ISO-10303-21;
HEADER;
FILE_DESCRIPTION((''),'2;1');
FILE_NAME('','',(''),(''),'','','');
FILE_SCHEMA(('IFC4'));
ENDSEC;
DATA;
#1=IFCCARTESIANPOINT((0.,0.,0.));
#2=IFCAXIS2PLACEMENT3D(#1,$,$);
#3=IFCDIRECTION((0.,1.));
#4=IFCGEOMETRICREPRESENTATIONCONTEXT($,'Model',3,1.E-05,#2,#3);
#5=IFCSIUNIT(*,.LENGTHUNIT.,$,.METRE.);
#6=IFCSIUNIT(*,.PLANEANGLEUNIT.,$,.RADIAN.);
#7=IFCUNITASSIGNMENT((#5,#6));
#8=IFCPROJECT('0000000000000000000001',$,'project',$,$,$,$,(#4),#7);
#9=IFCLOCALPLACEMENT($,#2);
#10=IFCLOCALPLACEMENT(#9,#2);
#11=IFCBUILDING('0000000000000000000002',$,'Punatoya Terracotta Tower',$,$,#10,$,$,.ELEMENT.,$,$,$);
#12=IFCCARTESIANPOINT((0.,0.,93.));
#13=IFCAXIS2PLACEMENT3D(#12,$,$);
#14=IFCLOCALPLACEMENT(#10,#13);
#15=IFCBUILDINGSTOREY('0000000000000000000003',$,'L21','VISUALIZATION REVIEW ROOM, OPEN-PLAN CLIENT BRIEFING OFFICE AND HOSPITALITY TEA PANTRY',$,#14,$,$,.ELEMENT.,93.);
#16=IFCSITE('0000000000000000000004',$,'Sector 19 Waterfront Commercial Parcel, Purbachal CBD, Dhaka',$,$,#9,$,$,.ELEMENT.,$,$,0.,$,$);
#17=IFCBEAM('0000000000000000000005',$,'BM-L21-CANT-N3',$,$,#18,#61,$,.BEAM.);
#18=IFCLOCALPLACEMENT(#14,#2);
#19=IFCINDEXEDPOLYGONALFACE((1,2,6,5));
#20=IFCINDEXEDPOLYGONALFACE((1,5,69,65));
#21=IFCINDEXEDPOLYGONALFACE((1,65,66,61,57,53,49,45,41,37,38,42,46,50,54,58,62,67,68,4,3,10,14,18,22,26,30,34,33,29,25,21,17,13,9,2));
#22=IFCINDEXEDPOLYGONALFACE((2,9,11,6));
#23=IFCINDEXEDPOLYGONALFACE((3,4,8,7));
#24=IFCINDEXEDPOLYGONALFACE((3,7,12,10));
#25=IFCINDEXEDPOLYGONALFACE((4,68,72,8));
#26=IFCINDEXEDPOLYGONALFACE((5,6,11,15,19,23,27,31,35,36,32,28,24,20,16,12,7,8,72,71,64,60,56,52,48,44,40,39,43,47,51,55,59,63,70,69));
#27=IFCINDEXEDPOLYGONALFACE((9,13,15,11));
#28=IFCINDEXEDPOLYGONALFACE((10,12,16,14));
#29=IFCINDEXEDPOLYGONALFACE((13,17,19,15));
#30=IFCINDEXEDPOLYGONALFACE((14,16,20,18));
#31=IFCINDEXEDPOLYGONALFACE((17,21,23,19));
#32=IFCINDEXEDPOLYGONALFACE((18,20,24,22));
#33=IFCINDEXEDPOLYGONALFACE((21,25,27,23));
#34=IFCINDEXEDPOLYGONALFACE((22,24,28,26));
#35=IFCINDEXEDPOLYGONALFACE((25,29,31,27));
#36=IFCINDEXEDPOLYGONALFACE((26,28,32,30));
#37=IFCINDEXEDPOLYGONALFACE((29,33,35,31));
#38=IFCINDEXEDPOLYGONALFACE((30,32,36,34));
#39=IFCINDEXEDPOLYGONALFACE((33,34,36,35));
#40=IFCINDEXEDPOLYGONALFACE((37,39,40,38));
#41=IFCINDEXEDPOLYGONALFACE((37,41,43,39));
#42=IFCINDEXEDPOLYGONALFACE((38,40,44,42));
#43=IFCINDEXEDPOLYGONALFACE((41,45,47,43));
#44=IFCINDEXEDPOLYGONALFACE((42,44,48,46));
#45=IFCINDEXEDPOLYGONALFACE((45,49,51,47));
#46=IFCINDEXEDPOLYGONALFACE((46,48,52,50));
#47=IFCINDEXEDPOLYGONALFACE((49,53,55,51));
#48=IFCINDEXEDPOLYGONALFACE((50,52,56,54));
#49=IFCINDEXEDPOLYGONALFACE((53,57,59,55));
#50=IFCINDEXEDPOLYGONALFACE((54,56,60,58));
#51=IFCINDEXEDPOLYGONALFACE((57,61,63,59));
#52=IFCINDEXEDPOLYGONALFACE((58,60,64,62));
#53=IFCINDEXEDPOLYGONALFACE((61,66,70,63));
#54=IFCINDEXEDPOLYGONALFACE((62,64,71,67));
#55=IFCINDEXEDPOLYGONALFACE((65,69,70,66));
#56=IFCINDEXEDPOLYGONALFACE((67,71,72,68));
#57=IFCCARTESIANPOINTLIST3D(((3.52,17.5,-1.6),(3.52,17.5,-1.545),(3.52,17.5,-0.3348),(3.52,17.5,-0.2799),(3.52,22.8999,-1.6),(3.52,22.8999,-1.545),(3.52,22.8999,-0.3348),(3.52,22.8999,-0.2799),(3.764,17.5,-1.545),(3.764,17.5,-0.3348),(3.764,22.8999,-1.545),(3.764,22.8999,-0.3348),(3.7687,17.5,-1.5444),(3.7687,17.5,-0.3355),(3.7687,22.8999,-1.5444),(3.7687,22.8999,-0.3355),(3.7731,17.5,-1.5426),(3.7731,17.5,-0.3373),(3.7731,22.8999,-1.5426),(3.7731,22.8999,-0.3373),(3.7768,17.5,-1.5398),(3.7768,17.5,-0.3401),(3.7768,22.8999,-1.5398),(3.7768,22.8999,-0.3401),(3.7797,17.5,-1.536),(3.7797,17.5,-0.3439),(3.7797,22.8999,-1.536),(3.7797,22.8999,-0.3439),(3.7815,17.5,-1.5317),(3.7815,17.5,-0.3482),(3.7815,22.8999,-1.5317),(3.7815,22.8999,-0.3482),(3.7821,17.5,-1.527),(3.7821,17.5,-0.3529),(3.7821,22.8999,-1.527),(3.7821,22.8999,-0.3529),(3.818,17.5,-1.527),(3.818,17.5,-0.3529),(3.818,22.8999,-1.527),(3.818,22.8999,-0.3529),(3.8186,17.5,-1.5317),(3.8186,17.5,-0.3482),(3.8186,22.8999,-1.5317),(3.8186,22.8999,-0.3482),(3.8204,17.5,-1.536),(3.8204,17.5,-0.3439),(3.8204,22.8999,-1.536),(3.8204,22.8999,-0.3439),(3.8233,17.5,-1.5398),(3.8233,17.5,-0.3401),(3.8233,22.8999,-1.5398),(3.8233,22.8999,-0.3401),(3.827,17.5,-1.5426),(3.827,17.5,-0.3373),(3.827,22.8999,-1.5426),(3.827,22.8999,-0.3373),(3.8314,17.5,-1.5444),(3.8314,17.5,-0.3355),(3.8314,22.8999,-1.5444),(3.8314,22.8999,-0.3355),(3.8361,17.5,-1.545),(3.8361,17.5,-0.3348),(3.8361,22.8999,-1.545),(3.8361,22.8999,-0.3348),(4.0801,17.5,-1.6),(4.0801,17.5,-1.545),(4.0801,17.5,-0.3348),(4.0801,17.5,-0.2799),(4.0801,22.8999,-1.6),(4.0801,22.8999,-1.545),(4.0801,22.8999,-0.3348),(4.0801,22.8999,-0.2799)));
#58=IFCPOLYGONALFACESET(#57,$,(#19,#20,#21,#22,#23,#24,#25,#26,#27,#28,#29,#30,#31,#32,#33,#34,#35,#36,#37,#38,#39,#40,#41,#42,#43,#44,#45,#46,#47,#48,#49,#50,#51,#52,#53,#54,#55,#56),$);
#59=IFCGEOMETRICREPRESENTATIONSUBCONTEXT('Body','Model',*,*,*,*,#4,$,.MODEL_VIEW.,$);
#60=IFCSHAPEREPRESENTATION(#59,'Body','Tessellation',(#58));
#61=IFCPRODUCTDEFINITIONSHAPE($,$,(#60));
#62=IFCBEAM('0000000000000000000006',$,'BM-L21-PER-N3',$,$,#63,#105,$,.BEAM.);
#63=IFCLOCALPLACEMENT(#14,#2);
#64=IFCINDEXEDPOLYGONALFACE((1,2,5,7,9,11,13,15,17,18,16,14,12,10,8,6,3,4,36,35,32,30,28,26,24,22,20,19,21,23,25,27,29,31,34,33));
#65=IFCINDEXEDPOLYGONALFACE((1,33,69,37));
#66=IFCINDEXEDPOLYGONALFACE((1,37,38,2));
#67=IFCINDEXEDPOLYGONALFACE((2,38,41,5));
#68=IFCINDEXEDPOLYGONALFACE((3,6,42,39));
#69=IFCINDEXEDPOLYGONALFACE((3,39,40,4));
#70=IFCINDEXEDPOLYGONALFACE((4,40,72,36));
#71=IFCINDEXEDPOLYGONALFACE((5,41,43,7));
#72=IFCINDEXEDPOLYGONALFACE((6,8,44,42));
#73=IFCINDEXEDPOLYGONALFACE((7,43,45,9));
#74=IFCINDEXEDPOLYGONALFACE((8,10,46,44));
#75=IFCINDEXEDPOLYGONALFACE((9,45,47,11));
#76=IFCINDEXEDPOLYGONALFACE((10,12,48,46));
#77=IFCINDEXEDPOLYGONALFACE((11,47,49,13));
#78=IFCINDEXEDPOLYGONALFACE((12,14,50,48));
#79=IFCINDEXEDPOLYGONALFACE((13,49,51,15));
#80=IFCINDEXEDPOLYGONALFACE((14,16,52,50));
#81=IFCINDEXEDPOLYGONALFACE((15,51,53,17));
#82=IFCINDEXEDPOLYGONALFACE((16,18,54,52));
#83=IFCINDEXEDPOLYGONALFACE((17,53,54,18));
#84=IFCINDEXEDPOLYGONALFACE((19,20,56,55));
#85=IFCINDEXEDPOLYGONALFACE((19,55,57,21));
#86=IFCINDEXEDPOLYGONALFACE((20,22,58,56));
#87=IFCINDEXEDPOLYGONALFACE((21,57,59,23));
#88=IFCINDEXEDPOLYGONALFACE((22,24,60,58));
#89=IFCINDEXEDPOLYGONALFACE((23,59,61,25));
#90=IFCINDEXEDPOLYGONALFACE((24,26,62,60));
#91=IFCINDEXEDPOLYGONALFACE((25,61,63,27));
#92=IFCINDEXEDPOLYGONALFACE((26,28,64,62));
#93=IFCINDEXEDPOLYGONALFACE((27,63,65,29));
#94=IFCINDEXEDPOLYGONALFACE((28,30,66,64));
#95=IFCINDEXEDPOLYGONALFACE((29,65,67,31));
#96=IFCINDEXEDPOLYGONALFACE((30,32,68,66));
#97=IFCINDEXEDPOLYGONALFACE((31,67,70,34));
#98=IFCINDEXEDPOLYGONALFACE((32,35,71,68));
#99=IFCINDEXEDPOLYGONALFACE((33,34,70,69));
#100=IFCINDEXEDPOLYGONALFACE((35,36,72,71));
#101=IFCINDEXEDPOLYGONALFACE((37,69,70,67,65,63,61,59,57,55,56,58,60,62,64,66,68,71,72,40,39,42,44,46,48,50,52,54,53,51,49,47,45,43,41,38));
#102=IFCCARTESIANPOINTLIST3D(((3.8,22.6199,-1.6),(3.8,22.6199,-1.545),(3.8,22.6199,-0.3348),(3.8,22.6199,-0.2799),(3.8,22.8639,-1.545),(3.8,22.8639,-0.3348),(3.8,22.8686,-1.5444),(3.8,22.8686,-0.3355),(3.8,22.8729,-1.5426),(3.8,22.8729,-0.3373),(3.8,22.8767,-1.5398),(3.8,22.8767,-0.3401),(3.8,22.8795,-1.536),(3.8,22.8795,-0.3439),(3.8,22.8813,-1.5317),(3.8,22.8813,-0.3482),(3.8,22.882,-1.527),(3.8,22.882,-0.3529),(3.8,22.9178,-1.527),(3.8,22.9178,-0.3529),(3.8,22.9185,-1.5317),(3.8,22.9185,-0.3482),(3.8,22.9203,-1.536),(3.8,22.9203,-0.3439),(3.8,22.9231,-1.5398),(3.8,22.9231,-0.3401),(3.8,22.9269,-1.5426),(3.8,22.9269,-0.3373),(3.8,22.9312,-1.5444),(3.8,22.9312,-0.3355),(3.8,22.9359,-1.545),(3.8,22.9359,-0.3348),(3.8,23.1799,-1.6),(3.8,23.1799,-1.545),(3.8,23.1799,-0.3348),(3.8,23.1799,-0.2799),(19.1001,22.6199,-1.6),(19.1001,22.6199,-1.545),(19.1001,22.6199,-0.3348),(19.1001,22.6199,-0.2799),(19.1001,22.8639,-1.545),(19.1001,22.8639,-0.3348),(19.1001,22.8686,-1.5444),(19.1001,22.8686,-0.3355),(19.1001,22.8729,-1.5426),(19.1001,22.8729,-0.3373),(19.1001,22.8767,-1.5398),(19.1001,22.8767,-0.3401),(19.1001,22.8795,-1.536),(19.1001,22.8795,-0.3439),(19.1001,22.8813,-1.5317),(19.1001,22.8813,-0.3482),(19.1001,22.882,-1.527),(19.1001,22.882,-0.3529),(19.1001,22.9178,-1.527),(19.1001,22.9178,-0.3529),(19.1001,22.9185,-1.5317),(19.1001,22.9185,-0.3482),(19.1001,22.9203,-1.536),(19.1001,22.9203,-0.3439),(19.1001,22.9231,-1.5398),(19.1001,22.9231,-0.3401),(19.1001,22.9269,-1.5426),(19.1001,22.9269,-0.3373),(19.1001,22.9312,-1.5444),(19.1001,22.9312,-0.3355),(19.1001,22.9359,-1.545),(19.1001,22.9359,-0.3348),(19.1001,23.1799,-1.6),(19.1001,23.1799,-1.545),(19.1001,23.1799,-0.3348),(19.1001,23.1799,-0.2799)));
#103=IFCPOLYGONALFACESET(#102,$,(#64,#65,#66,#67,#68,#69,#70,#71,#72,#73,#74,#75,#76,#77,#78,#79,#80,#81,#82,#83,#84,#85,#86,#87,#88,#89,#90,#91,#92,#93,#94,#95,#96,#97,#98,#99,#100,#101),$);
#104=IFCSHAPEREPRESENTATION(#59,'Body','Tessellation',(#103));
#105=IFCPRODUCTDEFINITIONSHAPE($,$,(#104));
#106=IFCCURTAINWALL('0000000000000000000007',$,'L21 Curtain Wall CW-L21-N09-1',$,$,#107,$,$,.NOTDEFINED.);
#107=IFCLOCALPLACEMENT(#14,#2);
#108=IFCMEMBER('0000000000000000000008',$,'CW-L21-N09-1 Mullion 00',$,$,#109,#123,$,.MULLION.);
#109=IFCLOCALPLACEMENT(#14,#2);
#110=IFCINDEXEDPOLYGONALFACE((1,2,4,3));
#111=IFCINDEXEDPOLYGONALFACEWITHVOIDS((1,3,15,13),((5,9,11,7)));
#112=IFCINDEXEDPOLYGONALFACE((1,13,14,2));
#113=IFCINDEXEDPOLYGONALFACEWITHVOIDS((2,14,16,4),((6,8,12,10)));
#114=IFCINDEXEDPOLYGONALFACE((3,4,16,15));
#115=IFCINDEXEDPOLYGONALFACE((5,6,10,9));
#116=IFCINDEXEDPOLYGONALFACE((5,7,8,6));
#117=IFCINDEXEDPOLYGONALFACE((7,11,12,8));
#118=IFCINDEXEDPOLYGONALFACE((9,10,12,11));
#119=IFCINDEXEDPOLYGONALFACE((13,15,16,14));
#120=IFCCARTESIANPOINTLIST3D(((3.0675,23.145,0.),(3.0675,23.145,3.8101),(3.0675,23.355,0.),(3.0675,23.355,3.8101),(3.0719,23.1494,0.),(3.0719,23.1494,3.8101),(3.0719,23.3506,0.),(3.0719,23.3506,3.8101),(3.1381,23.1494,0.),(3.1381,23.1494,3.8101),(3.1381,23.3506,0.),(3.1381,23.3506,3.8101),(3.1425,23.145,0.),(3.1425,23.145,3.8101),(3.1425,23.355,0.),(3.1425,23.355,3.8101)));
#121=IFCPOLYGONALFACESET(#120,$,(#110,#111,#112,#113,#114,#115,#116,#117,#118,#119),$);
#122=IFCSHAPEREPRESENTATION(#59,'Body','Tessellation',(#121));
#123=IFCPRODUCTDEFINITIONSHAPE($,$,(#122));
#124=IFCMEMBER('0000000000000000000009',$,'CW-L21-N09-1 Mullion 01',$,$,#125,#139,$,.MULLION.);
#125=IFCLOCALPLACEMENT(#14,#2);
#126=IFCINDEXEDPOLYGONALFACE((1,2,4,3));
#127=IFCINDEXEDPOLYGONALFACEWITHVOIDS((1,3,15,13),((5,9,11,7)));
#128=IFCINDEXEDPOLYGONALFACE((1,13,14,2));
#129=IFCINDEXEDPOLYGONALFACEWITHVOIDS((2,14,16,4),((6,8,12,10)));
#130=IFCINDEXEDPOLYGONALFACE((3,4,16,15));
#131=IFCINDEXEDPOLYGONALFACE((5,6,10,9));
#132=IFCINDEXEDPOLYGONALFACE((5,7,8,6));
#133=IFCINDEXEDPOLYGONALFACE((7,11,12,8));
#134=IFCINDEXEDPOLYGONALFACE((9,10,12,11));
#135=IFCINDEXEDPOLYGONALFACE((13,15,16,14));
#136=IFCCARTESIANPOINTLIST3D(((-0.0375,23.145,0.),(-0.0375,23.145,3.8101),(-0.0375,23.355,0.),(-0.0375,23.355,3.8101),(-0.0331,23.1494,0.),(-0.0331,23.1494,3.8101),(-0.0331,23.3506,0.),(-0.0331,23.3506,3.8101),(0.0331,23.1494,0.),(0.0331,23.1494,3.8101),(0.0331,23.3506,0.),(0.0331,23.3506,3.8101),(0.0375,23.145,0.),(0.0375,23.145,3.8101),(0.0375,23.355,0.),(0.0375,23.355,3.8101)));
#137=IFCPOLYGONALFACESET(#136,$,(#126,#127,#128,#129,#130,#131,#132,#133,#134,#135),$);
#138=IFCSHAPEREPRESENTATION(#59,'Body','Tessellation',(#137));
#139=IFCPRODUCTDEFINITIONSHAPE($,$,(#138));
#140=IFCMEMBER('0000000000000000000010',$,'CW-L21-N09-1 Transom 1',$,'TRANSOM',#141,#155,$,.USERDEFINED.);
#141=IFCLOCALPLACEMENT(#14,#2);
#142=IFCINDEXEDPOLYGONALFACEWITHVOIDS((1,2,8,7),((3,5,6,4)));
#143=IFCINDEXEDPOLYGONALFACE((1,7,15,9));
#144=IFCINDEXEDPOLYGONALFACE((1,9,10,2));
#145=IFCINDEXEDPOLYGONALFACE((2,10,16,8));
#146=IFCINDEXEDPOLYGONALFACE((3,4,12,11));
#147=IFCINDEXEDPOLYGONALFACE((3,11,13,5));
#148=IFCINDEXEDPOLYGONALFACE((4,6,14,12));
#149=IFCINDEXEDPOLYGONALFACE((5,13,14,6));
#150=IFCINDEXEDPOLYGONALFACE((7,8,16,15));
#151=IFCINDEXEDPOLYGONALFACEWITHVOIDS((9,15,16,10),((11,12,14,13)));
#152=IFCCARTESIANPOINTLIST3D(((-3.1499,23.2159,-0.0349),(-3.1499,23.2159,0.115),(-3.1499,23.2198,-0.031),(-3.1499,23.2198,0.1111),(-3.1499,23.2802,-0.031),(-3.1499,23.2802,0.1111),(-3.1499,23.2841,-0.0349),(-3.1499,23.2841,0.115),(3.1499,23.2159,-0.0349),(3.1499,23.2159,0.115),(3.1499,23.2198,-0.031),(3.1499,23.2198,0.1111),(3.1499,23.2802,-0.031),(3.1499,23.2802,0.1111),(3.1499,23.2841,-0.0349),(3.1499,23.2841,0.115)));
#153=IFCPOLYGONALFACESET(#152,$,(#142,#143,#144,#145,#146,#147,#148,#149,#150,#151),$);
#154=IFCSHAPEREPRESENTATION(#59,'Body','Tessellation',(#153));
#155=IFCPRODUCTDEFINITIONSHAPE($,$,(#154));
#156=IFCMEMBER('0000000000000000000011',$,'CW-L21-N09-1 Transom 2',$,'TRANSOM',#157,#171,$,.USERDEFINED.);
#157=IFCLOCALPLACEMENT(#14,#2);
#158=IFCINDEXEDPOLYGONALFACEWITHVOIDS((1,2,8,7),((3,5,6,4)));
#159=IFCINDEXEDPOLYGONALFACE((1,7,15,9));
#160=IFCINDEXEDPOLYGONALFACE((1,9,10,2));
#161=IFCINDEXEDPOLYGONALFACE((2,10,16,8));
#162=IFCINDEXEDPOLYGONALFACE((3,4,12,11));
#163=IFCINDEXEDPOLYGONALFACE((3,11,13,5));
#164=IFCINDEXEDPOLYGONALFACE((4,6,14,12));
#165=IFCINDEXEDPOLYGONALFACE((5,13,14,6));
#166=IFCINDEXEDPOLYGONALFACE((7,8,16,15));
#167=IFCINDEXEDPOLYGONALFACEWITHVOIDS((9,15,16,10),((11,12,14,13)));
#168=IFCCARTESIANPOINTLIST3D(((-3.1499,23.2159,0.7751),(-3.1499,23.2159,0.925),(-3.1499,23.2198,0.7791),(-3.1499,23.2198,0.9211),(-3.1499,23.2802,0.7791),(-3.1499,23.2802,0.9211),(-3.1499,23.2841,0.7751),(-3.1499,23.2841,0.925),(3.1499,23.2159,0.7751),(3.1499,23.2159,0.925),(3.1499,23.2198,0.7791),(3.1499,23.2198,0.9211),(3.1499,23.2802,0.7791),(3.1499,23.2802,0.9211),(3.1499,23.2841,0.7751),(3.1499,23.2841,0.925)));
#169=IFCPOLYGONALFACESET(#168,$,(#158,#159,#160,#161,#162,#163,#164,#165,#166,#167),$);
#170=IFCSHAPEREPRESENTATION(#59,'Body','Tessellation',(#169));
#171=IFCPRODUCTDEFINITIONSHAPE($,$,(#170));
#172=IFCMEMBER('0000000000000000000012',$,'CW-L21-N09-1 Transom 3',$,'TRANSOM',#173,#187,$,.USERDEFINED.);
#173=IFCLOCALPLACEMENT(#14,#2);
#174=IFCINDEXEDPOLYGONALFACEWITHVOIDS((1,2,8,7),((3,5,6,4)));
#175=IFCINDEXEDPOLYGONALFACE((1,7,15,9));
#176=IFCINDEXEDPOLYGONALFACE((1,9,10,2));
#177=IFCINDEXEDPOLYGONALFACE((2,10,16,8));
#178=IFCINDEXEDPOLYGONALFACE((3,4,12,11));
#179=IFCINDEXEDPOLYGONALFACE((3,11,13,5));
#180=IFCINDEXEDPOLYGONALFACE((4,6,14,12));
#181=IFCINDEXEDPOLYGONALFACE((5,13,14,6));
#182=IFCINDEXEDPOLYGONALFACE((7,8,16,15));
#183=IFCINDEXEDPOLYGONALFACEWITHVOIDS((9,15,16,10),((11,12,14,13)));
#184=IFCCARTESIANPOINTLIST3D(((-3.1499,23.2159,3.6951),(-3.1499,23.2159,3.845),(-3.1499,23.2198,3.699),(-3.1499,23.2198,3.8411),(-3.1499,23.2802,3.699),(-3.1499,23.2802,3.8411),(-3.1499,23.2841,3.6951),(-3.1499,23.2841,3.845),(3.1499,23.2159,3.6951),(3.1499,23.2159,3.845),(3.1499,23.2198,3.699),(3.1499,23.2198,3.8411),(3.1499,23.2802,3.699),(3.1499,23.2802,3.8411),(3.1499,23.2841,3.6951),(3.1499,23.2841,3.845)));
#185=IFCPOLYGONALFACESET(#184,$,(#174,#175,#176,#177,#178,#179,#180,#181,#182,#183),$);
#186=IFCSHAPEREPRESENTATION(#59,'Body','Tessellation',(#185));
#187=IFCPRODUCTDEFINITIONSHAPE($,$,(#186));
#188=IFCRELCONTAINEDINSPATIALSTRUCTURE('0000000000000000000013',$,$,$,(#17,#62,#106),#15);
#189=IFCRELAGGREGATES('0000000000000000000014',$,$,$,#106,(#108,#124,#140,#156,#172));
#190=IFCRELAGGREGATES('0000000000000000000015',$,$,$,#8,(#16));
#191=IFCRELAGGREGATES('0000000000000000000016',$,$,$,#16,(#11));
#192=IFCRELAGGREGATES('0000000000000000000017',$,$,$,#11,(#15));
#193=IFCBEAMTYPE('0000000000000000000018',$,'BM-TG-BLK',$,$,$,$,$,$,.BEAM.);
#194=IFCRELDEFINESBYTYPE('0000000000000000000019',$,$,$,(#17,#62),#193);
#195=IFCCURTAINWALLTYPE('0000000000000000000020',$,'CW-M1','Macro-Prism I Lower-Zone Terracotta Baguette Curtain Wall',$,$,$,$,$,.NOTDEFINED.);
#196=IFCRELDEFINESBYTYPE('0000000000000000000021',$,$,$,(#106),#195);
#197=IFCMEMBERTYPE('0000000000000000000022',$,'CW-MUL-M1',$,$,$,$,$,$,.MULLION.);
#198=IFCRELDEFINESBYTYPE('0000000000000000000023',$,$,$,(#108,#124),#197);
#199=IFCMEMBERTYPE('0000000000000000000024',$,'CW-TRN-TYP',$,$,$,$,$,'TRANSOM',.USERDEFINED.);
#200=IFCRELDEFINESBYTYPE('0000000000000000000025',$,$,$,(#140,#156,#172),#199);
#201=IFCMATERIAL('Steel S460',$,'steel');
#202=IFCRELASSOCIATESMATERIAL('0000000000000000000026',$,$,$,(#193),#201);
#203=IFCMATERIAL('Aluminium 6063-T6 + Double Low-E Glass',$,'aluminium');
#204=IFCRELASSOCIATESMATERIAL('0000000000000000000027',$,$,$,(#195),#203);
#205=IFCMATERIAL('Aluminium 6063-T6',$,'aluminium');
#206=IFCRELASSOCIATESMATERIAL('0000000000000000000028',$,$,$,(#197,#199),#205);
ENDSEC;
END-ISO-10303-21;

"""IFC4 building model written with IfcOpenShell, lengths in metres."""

from ifc_helpers import new_model, si_unit, direction, frame, origin, origin_2d, place, context, subcontext, project, spatial, hollow_rectangle, i_section, extrude, material, material_profile, profile_set, type_object, element, aggregate, save


model = new_model("IFC4")

# Units and contexts
model_context = context("Model", 3, precision=1e-05, world=origin(), true_north=direction((0.0, 1.0)))
body_context = subcontext(model_context, "Body", "Model", "MODEL_VIEW")
ifc_project = project(units=[si_unit("LENGTHUNIT", "METRE"), si_unit("PLANEANGLEUNIT", "RADIAN")], contexts=[model_context])

# Site, building, storey
site_placement = place(None, origin())
site = spatial("IfcSite", under=ifc_project, at=site_placement, Name="Sector 19 Waterfront Commercial Parcel, Purbachal CBD, Dhaka", CompositionType="ELEMENT", RefElevation=0.0)
building_placement = place(site_placement, origin())
building = spatial("IfcBuilding", under=site, at=building_placement, Name="Punatoya Terracotta Tower", CompositionType="ELEMENT")
storey_placement = place(building_placement, frame((0.0, 0.0, 93.0)))
storey = spatial("IfcBuildingStorey", under=building, at=storey_placement, Name="L21", Description="VISUALIZATION REVIEW ROOM, OPEN-PLAN CLIENT BRIEFING OFFICE AND HOSPITALITY TEA PANTRY", CompositionType="ELEMENT", Elevation=93.0)

# Shared definitions
ifc_material_1 = material(Name="Steel S460", Category="steel")

# Beams
ifc_material_profile_1 = material_profile(ifc_material_1, i_section(OverallWidth=0.5601, OverallDepth=1.3201, WebThickness=0.0359, FlangeThickness=0.0549, FilletRadius=0.0181, at=origin_2d()))
ifc_profile_set_1 = profile_set([ifc_material_profile_1], Name="Steel S460")
beam_type = type_object("IfcBeamType", Name="BM-TG-BLK", PredefinedType="BEAM", material=ifc_profile_set_1)
beam_1_placement = place(storey_placement, frame((3.8, 17.5, -0.9399), z_axis=(0.0, 1.0, 0.0), x_axis=(-1.0, 0.0, 0.0)))
element("IfcBeam", 1, at=beam_1_placement, inside=storey, type_object=beam_type, Name="BM-L21-CANT-N3", PredefinedType="BEAM", context=body_context, shape_type="SweptSolid", body=[
    extrude(i_section(OverallWidth=0.5601, OverallDepth=1.3201, WebThickness=0.0359, FlangeThickness=0.0549, FilletRadius=0.0181, at=origin_2d()), origin(), (0.0, 0.0, 1.0), 5.3999),
])
beam_2_placement = place(storey_placement, frame((3.8, 22.8999, -0.9399), z_axis=(1.0, 0.0, 0.0), x_axis=(0.0, 1.0, 0.0)))
element("IfcBeam", 2, at=beam_2_placement, inside=storey, type_object=beam_type, Name="BM-L21-PER-N3", PredefinedType="BEAM", context=body_context, shape_type="SweptSolid", body=[
    extrude(i_section(OverallWidth=0.5601, OverallDepth=1.3201, WebThickness=0.0359, FlangeThickness=0.0549, FilletRadius=0.0181, at=origin_2d()), origin(), (0.0, 0.0, 1.0), 15.3),
])

# Curtain wall, members
ifc_material_2 = material(Name="Aluminium 6063-T6 + Double Low-E Glass", Category="aluminium")
curtain_wall_type = type_object("IfcCurtainWallType", Name="CW-M1", Description="Macro-Prism I Lower-Zone Terracotta Baguette Curtain Wall", PredefinedType="NOTDEFINED", material=ifc_material_2)
curtain_wall_placement = place(storey_placement, origin())
curtain_wall = element("IfcCurtainWall", 3, at=curtain_wall_placement, inside=storey, type_object=curtain_wall_type, Name="L21 Curtain Wall CW-L21-N09-1", PredefinedType="NOTDEFINED")
ifc_material_3 = material(Name="Aluminium 6063-T6", Category="aluminium")
ifc_material_profile_2 = material_profile(ifc_material_3, hollow_rectangle(XDim=0.075, YDim=0.21, WallThickness=0.0044, at=origin_2d()))
ifc_profile_set_2 = profile_set([ifc_material_profile_2], Name="Aluminium 6063-T6")
member_type_1 = type_object("IfcMemberType", Name="CW-MUL-M1", PredefinedType="MULLION", material=ifc_profile_set_2)
member_1_placement = place(storey_placement, frame((3.105, 23.25, 0.0), z_axis=(0.0, 0.0, 1.0), x_axis=(1.0, 0.0, 0.0)))
member_1 = element("IfcMember", 4, at=member_1_placement, type_object=member_type_1, Name="CW-L21-N09-1 Mullion 00", PredefinedType="MULLION", context=body_context, shape_type="SweptSolid", body=[
    extrude(hollow_rectangle(XDim=0.075, YDim=0.21, WallThickness=0.0044, at=origin_2d()), origin(), (0.0, 0.0, 1.0), 3.8101),
])
member_2_placement = place(storey_placement, frame((0.0, 23.25, 0.0), z_axis=(0.0, 0.0, 1.0), x_axis=(1.0, 0.0, 0.0)))
member_2 = element("IfcMember", 5, at=member_2_placement, type_object=member_type_1, Name="CW-L21-N09-1 Mullion 01", PredefinedType="MULLION", context=body_context, shape_type="SweptSolid", body=[
    extrude(hollow_rectangle(XDim=0.075, YDim=0.21, WallThickness=0.0044, at=origin_2d()), origin(), (0.0, 0.0, 1.0), 3.8101),
])
ifc_material_profile_3 = material_profile(ifc_material_3, hollow_rectangle(XDim=0.0681, YDim=0.1499, WallThickness=0.0039, at=origin_2d()))
ifc_profile_set_3 = profile_set([ifc_material_profile_3], Name="Aluminium 6063-T6")
member_type_2 = type_object("IfcMemberType", Name="CW-TRN-TYP", ElementType="TRANSOM", PredefinedType="USERDEFINED", material=ifc_profile_set_3)
member_3_placement = place(storey_placement, frame((3.1499, 23.25, 0.04), z_axis=(-1.0, 0.0, 0.0), x_axis=(0.0, -1.0, 0.0)))
member_3 = element("IfcMember", 6, at=member_3_placement, type_object=member_type_2, Name="CW-L21-N09-1 Transom 1", ObjectType="TRANSOM", PredefinedType="USERDEFINED", context=body_context, shape_type="SweptSolid", body=[
    extrude(hollow_rectangle(XDim=0.0681, YDim=0.1499, WallThickness=0.0039, at=origin_2d()), origin(), (0.0, 0.0, 1.0), 6.2998),
])
member_4_placement = place(storey_placement, frame((3.1499, 23.25, 0.8501), z_axis=(-1.0, 0.0, 0.0), x_axis=(0.0, -1.0, 0.0)))
member_4 = element("IfcMember", 7, at=member_4_placement, type_object=member_type_2, Name="CW-L21-N09-1 Transom 2", ObjectType="TRANSOM", PredefinedType="USERDEFINED", context=body_context, shape_type="SweptSolid", body=[
    extrude(hollow_rectangle(XDim=0.0681, YDim=0.1499, WallThickness=0.0039, at=origin_2d()), origin(), (0.0, 0.0, 1.0), 6.2998),
])
member_5_placement = place(storey_placement, frame((3.1499, 23.25, 3.77), z_axis=(-1.0, 0.0, 0.0), x_axis=(0.0, -1.0, 0.0)))
member_5 = element("IfcMember", 8, at=member_5_placement, type_object=member_type_2, Name="CW-L21-N09-1 Transom 3", ObjectType="TRANSOM", PredefinedType="USERDEFINED", context=body_context, shape_type="SweptSolid", body=[
    extrude(hollow_rectangle(XDim=0.0681, YDim=0.1499, WallThickness=0.0039, at=origin_2d()), origin(), (0.0, 0.0, 1.0), 6.2998),
])

aggregate(curtain_wall, [member_1, member_2, member_3, member_4, member_5])

save(model, "model.ifc")
